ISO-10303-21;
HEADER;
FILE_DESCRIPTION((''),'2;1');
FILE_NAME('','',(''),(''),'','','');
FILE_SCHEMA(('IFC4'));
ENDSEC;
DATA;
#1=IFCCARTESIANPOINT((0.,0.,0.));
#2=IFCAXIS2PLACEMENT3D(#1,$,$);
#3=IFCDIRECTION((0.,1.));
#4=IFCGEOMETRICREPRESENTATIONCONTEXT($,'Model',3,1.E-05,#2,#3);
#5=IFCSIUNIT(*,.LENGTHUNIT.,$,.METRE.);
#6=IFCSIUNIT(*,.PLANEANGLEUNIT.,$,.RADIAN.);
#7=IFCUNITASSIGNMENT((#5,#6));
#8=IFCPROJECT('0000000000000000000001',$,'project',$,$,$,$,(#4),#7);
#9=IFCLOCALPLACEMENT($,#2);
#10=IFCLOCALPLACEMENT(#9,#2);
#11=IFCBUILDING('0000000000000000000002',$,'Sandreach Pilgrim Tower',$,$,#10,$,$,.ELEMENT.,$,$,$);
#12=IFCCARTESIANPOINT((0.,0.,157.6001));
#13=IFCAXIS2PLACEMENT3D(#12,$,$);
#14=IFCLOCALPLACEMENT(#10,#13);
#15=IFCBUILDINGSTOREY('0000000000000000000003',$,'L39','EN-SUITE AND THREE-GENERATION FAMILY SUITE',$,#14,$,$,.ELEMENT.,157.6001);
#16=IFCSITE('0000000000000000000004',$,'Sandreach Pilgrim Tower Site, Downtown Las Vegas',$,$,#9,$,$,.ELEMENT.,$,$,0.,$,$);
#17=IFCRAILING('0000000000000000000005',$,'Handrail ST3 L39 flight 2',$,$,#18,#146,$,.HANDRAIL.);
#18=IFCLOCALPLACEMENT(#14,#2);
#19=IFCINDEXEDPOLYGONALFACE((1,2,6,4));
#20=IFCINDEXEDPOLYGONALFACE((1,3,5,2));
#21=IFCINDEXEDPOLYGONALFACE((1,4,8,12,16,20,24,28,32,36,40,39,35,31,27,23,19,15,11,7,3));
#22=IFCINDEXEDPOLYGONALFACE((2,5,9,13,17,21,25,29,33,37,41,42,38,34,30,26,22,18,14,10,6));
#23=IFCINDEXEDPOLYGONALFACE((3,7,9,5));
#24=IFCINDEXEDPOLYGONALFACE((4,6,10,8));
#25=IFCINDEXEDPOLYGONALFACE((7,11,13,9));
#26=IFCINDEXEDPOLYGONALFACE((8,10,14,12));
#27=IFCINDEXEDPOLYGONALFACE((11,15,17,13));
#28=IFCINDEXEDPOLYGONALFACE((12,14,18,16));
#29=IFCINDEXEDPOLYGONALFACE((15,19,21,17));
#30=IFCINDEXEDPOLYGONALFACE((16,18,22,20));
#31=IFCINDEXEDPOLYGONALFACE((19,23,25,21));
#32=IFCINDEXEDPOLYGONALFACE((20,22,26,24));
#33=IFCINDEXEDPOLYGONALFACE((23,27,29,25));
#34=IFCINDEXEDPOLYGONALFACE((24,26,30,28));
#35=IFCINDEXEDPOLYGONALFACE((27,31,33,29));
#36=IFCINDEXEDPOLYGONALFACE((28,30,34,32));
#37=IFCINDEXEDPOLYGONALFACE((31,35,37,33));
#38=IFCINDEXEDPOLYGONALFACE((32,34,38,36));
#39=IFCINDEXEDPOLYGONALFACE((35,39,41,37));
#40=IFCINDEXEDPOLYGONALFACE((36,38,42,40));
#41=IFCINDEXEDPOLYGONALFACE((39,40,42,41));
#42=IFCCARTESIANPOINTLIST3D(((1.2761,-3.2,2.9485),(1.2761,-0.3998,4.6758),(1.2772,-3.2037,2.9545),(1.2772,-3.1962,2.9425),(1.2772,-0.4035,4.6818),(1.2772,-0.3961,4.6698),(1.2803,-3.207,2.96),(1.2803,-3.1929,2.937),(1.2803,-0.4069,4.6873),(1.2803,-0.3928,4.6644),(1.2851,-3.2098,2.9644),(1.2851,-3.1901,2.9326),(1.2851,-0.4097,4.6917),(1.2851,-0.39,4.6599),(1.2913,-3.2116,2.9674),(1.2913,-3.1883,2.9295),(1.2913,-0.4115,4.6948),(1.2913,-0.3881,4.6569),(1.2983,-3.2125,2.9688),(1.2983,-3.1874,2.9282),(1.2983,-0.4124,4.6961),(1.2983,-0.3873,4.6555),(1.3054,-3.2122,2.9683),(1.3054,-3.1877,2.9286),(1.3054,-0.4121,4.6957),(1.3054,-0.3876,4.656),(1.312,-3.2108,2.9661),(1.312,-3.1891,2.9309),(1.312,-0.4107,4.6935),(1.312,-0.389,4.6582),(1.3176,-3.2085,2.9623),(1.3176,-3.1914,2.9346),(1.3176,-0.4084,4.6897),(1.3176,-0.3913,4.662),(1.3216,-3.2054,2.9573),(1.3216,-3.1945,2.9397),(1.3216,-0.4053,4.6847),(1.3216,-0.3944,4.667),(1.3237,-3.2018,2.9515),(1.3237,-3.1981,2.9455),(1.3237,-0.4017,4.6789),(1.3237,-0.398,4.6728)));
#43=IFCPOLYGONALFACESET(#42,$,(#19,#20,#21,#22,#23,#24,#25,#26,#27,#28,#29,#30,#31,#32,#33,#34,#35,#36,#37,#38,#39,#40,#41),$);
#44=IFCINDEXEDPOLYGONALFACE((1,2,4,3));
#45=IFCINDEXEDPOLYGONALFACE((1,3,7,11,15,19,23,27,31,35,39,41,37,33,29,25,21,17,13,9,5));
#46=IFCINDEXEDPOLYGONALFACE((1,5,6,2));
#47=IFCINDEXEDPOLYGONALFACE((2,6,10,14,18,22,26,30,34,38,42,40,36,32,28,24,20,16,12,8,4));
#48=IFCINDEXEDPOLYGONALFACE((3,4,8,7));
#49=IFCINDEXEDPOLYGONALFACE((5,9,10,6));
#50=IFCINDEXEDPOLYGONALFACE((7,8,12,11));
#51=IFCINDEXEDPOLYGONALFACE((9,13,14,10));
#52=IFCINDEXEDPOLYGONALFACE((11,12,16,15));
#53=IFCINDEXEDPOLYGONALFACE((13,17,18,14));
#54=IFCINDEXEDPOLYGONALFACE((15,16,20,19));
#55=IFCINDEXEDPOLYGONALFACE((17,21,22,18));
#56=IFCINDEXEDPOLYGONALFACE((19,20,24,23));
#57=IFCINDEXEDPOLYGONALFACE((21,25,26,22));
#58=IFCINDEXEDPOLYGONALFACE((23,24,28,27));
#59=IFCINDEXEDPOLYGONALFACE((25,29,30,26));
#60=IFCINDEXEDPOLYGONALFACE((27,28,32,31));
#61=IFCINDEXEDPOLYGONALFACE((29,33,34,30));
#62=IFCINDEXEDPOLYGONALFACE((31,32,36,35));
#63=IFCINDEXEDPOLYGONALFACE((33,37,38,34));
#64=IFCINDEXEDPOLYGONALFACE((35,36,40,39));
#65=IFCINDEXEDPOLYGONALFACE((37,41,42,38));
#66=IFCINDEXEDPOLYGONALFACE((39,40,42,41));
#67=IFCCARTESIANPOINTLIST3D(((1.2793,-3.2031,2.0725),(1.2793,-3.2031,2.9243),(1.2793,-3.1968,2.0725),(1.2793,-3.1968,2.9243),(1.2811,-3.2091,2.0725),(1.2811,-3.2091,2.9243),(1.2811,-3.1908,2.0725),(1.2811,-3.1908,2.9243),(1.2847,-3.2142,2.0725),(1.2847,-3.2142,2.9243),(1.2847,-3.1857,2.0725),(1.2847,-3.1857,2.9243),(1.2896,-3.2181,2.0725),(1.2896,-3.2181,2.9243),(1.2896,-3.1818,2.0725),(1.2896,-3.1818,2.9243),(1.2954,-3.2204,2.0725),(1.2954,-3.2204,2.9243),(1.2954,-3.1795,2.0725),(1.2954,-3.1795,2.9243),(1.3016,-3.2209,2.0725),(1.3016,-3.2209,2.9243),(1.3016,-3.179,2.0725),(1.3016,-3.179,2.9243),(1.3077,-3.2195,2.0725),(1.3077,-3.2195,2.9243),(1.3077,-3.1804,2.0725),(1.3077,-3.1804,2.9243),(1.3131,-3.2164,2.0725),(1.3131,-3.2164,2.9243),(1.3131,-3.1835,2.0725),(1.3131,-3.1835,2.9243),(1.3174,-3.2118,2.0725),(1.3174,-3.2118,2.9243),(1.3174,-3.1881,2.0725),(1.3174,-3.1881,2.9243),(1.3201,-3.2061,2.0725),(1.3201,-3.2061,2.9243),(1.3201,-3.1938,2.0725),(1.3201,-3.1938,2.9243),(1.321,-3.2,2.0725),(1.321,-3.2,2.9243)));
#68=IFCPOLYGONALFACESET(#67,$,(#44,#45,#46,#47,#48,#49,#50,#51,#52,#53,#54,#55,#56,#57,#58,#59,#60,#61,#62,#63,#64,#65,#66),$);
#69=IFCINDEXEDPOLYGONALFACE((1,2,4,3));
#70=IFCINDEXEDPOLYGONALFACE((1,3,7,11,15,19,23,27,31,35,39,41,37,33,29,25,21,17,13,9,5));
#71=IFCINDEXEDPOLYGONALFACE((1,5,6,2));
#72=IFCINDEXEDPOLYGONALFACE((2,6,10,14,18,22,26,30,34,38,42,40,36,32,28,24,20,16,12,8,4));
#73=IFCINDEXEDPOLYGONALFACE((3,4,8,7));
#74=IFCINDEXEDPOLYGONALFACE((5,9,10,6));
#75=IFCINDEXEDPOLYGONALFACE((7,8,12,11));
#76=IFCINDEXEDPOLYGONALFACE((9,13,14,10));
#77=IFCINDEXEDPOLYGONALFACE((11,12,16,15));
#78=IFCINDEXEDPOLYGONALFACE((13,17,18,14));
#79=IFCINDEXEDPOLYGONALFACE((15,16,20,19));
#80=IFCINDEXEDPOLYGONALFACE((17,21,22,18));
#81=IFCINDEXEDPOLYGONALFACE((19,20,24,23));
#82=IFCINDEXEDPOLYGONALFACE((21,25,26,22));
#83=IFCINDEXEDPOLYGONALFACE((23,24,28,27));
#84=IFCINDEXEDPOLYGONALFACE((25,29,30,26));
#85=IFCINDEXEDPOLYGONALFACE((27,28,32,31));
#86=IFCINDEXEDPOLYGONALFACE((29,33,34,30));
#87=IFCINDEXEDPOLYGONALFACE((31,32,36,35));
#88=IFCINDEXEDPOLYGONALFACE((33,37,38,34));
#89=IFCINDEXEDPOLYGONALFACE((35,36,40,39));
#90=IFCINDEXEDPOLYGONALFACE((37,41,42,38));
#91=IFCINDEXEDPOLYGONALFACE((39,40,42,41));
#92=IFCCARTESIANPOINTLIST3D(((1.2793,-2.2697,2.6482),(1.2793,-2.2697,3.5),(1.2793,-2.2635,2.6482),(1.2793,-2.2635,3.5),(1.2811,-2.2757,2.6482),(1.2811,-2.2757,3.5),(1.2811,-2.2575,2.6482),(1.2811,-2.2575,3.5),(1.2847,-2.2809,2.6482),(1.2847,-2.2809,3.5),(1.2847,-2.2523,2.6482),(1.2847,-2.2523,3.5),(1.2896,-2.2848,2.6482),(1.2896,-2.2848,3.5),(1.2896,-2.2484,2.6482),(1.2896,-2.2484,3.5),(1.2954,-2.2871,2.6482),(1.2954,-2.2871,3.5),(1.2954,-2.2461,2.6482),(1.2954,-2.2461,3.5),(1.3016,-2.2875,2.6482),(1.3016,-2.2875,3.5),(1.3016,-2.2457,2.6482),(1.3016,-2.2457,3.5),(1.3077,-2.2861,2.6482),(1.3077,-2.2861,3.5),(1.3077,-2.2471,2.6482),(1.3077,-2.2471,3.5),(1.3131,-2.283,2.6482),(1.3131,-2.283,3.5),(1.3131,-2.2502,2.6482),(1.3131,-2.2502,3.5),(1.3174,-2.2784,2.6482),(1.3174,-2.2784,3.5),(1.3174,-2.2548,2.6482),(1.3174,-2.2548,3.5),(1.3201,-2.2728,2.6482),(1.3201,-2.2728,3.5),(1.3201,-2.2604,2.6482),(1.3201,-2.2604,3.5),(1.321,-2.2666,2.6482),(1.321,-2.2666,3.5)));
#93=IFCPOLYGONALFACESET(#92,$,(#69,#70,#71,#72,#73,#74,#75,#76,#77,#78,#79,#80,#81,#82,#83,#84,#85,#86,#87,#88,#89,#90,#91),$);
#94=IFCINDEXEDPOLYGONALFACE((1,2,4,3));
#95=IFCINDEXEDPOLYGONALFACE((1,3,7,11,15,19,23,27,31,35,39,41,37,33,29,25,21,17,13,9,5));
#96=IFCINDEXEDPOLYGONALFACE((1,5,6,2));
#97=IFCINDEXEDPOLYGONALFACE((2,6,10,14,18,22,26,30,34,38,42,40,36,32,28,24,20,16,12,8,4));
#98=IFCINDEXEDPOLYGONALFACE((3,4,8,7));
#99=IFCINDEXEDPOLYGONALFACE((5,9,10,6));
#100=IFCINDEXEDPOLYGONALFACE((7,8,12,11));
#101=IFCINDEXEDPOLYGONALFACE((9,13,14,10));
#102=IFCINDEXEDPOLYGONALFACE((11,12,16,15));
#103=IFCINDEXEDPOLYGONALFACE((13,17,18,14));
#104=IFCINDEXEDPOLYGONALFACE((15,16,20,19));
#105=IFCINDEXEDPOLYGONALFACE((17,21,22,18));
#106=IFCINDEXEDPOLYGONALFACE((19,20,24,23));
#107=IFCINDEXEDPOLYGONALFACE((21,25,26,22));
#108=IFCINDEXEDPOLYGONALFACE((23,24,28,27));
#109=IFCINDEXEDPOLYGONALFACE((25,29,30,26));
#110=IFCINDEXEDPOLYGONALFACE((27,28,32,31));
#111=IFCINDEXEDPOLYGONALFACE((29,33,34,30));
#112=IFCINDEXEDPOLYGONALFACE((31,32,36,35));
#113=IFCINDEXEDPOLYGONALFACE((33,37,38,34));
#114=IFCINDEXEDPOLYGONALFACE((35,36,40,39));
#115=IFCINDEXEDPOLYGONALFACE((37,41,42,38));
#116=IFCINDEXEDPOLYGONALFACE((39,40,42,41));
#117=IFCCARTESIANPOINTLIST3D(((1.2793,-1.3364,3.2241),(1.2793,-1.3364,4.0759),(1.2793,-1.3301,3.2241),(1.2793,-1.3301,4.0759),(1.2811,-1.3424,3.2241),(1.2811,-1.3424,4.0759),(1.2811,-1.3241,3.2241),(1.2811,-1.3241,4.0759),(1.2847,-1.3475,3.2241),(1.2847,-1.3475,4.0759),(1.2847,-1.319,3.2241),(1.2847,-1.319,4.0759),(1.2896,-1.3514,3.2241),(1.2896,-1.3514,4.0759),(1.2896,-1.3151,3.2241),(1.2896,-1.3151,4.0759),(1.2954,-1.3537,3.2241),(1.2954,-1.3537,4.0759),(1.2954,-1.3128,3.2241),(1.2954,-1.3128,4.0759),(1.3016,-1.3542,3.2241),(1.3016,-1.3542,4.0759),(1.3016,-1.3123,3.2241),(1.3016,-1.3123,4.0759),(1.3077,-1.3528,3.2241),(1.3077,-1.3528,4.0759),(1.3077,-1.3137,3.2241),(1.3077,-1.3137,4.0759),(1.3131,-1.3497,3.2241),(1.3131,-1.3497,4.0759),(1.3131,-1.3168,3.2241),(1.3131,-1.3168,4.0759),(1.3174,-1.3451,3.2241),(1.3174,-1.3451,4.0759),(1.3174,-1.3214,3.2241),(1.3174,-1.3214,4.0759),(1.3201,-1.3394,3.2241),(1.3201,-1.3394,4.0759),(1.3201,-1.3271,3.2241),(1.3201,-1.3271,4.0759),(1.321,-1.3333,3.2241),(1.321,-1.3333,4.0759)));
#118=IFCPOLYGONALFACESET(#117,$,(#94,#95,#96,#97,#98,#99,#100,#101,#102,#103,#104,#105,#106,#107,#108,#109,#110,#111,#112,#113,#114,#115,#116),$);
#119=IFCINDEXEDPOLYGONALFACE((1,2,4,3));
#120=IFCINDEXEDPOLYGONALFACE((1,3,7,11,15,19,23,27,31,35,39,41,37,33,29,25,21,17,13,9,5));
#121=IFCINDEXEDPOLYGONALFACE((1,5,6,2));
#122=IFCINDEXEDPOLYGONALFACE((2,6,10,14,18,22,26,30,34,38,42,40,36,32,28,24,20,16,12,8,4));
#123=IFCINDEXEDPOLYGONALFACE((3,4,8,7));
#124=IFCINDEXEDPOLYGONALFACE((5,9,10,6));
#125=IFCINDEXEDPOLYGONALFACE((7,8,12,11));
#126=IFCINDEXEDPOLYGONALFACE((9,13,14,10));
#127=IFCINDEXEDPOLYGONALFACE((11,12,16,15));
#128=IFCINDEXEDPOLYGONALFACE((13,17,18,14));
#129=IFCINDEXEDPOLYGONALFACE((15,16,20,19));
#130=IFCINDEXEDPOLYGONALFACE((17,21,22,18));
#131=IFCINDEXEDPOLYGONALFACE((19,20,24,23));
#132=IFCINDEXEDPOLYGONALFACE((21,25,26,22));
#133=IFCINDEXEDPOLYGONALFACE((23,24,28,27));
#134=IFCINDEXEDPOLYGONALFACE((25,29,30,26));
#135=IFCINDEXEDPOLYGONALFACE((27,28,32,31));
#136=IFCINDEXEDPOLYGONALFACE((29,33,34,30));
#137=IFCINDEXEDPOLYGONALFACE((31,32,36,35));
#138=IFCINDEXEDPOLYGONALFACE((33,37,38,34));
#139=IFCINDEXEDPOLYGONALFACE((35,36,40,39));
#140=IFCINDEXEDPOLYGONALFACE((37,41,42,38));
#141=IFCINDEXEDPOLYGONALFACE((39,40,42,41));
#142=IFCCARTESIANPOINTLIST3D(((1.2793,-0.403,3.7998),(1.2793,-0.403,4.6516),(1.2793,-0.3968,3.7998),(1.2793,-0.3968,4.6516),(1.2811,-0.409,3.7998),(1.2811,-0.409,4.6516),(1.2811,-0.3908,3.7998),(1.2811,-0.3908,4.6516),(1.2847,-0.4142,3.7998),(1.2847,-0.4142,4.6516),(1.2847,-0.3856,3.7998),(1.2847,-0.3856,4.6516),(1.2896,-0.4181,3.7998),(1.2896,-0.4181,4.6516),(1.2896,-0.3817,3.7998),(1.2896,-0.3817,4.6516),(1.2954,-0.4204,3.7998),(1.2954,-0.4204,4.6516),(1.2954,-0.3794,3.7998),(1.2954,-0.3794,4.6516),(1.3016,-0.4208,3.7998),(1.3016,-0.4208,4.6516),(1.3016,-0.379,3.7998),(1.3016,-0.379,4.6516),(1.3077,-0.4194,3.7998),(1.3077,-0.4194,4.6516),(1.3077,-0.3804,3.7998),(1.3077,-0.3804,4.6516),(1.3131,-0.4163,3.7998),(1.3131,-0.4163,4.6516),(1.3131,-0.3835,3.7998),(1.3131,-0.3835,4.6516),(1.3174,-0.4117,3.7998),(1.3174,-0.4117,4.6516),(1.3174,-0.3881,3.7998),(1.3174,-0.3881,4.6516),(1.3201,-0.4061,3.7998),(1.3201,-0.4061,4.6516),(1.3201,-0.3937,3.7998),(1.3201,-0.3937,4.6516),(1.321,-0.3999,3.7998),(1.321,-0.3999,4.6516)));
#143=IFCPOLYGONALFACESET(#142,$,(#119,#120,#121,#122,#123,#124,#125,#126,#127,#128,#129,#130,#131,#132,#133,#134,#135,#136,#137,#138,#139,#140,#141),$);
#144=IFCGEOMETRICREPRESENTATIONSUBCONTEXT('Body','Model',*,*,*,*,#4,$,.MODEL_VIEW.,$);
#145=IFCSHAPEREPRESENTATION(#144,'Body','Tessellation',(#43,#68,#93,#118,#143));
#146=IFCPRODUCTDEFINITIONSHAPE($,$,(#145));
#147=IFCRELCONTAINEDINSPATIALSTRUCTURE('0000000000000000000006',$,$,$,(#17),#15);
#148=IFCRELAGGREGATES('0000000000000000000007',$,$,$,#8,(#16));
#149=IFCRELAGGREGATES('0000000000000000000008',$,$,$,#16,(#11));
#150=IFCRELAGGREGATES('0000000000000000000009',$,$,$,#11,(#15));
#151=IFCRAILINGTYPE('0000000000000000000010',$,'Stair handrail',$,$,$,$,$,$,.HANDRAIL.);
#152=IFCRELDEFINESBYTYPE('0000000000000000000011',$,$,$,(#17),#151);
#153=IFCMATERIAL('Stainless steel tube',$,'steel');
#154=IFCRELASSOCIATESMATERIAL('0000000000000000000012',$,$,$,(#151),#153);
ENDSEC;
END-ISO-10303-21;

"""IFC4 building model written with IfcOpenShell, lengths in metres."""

from ifc_helpers import new_model, si_unit, direction, frame, origin, origin_2d, place, context, subcontext, project, spatial, circle, extrude, material, type_object, element, save


model = new_model("IFC4")

# Units and contexts
model_context = context("Model", 3, precision=1e-05, world=origin(), true_north=direction((0.0, 1.0)))
body_context = subcontext(model_context, "Body", "Model", "MODEL_VIEW")
ifc_project = project(units=[si_unit("LENGTHUNIT", "METRE"), si_unit("PLANEANGLEUNIT", "RADIAN")], contexts=[model_context])

# Site, building, storey
site_placement = place(None, origin())
site = spatial("IfcSite", under=ifc_project, at=site_placement, Name="Sandreach Pilgrim Tower Site, Downtown Las Vegas", CompositionType="ELEMENT", RefElevation=0.0)
building_placement = place(site_placement, origin())
building = spatial("IfcBuilding", under=site, at=building_placement, Name="Sandreach Pilgrim Tower", CompositionType="ELEMENT")
storey_placement = place(building_placement, frame((0.0, 0.0, 157.6001)))
storey = spatial("IfcBuildingStorey", under=building, at=storey_placement, Name="L39", Description="EN-SUITE AND THREE-GENERATION FAMILY SUITE", CompositionType="ELEMENT", Elevation=157.6001)

# Railing
ifc_material_1 = material(Name="Stainless steel tube", Category="steel")
railing_type = type_object("IfcRailingType", Name="Stair handrail", PredefinedType="HANDRAIL", material=ifc_material_1)
for number, where, name in (
    (1, (1.3, -3.2, 2.0725), "Handrail ST3 L39 flight 2"),
):
    element("IfcRailing", number, at=place(storey_placement, frame(where)), inside=storey, type_object=railing_type, Name=name, PredefinedType="HANDRAIL", context=body_context, shape_type="SweptSolid", body=[
        extrude(circle(Radius=0.0239, at=origin_2d()), frame((0.0, 0.0, 0.876), z_axis=(0.0, 0.85109, 0.52502), x_axis=(-1.0, 0.0, 0.0)), (0.0, 0.0, 1.0), 3.29),
        extrude(circle(Radius=0.021, at=origin_2d()), origin(), (0.0, 0.0, 1.0), 0.8518),
        extrude(circle(Radius=0.021, at=origin_2d()), frame((0.0, 0.9333, 0.5757)), (0.0, 0.0, 1.0), 0.8518),
        extrude(circle(Radius=0.021, at=origin_2d()), frame((0.0, 1.8667, 1.1516)), (0.0, 0.0, 1.0), 0.8518),
        extrude(circle(Radius=0.021, at=origin_2d()), frame((0.0, 2.8, 1.7273)), (0.0, 0.0, 1.0), 0.8518),
    ])

save(model, "model.ifc")
